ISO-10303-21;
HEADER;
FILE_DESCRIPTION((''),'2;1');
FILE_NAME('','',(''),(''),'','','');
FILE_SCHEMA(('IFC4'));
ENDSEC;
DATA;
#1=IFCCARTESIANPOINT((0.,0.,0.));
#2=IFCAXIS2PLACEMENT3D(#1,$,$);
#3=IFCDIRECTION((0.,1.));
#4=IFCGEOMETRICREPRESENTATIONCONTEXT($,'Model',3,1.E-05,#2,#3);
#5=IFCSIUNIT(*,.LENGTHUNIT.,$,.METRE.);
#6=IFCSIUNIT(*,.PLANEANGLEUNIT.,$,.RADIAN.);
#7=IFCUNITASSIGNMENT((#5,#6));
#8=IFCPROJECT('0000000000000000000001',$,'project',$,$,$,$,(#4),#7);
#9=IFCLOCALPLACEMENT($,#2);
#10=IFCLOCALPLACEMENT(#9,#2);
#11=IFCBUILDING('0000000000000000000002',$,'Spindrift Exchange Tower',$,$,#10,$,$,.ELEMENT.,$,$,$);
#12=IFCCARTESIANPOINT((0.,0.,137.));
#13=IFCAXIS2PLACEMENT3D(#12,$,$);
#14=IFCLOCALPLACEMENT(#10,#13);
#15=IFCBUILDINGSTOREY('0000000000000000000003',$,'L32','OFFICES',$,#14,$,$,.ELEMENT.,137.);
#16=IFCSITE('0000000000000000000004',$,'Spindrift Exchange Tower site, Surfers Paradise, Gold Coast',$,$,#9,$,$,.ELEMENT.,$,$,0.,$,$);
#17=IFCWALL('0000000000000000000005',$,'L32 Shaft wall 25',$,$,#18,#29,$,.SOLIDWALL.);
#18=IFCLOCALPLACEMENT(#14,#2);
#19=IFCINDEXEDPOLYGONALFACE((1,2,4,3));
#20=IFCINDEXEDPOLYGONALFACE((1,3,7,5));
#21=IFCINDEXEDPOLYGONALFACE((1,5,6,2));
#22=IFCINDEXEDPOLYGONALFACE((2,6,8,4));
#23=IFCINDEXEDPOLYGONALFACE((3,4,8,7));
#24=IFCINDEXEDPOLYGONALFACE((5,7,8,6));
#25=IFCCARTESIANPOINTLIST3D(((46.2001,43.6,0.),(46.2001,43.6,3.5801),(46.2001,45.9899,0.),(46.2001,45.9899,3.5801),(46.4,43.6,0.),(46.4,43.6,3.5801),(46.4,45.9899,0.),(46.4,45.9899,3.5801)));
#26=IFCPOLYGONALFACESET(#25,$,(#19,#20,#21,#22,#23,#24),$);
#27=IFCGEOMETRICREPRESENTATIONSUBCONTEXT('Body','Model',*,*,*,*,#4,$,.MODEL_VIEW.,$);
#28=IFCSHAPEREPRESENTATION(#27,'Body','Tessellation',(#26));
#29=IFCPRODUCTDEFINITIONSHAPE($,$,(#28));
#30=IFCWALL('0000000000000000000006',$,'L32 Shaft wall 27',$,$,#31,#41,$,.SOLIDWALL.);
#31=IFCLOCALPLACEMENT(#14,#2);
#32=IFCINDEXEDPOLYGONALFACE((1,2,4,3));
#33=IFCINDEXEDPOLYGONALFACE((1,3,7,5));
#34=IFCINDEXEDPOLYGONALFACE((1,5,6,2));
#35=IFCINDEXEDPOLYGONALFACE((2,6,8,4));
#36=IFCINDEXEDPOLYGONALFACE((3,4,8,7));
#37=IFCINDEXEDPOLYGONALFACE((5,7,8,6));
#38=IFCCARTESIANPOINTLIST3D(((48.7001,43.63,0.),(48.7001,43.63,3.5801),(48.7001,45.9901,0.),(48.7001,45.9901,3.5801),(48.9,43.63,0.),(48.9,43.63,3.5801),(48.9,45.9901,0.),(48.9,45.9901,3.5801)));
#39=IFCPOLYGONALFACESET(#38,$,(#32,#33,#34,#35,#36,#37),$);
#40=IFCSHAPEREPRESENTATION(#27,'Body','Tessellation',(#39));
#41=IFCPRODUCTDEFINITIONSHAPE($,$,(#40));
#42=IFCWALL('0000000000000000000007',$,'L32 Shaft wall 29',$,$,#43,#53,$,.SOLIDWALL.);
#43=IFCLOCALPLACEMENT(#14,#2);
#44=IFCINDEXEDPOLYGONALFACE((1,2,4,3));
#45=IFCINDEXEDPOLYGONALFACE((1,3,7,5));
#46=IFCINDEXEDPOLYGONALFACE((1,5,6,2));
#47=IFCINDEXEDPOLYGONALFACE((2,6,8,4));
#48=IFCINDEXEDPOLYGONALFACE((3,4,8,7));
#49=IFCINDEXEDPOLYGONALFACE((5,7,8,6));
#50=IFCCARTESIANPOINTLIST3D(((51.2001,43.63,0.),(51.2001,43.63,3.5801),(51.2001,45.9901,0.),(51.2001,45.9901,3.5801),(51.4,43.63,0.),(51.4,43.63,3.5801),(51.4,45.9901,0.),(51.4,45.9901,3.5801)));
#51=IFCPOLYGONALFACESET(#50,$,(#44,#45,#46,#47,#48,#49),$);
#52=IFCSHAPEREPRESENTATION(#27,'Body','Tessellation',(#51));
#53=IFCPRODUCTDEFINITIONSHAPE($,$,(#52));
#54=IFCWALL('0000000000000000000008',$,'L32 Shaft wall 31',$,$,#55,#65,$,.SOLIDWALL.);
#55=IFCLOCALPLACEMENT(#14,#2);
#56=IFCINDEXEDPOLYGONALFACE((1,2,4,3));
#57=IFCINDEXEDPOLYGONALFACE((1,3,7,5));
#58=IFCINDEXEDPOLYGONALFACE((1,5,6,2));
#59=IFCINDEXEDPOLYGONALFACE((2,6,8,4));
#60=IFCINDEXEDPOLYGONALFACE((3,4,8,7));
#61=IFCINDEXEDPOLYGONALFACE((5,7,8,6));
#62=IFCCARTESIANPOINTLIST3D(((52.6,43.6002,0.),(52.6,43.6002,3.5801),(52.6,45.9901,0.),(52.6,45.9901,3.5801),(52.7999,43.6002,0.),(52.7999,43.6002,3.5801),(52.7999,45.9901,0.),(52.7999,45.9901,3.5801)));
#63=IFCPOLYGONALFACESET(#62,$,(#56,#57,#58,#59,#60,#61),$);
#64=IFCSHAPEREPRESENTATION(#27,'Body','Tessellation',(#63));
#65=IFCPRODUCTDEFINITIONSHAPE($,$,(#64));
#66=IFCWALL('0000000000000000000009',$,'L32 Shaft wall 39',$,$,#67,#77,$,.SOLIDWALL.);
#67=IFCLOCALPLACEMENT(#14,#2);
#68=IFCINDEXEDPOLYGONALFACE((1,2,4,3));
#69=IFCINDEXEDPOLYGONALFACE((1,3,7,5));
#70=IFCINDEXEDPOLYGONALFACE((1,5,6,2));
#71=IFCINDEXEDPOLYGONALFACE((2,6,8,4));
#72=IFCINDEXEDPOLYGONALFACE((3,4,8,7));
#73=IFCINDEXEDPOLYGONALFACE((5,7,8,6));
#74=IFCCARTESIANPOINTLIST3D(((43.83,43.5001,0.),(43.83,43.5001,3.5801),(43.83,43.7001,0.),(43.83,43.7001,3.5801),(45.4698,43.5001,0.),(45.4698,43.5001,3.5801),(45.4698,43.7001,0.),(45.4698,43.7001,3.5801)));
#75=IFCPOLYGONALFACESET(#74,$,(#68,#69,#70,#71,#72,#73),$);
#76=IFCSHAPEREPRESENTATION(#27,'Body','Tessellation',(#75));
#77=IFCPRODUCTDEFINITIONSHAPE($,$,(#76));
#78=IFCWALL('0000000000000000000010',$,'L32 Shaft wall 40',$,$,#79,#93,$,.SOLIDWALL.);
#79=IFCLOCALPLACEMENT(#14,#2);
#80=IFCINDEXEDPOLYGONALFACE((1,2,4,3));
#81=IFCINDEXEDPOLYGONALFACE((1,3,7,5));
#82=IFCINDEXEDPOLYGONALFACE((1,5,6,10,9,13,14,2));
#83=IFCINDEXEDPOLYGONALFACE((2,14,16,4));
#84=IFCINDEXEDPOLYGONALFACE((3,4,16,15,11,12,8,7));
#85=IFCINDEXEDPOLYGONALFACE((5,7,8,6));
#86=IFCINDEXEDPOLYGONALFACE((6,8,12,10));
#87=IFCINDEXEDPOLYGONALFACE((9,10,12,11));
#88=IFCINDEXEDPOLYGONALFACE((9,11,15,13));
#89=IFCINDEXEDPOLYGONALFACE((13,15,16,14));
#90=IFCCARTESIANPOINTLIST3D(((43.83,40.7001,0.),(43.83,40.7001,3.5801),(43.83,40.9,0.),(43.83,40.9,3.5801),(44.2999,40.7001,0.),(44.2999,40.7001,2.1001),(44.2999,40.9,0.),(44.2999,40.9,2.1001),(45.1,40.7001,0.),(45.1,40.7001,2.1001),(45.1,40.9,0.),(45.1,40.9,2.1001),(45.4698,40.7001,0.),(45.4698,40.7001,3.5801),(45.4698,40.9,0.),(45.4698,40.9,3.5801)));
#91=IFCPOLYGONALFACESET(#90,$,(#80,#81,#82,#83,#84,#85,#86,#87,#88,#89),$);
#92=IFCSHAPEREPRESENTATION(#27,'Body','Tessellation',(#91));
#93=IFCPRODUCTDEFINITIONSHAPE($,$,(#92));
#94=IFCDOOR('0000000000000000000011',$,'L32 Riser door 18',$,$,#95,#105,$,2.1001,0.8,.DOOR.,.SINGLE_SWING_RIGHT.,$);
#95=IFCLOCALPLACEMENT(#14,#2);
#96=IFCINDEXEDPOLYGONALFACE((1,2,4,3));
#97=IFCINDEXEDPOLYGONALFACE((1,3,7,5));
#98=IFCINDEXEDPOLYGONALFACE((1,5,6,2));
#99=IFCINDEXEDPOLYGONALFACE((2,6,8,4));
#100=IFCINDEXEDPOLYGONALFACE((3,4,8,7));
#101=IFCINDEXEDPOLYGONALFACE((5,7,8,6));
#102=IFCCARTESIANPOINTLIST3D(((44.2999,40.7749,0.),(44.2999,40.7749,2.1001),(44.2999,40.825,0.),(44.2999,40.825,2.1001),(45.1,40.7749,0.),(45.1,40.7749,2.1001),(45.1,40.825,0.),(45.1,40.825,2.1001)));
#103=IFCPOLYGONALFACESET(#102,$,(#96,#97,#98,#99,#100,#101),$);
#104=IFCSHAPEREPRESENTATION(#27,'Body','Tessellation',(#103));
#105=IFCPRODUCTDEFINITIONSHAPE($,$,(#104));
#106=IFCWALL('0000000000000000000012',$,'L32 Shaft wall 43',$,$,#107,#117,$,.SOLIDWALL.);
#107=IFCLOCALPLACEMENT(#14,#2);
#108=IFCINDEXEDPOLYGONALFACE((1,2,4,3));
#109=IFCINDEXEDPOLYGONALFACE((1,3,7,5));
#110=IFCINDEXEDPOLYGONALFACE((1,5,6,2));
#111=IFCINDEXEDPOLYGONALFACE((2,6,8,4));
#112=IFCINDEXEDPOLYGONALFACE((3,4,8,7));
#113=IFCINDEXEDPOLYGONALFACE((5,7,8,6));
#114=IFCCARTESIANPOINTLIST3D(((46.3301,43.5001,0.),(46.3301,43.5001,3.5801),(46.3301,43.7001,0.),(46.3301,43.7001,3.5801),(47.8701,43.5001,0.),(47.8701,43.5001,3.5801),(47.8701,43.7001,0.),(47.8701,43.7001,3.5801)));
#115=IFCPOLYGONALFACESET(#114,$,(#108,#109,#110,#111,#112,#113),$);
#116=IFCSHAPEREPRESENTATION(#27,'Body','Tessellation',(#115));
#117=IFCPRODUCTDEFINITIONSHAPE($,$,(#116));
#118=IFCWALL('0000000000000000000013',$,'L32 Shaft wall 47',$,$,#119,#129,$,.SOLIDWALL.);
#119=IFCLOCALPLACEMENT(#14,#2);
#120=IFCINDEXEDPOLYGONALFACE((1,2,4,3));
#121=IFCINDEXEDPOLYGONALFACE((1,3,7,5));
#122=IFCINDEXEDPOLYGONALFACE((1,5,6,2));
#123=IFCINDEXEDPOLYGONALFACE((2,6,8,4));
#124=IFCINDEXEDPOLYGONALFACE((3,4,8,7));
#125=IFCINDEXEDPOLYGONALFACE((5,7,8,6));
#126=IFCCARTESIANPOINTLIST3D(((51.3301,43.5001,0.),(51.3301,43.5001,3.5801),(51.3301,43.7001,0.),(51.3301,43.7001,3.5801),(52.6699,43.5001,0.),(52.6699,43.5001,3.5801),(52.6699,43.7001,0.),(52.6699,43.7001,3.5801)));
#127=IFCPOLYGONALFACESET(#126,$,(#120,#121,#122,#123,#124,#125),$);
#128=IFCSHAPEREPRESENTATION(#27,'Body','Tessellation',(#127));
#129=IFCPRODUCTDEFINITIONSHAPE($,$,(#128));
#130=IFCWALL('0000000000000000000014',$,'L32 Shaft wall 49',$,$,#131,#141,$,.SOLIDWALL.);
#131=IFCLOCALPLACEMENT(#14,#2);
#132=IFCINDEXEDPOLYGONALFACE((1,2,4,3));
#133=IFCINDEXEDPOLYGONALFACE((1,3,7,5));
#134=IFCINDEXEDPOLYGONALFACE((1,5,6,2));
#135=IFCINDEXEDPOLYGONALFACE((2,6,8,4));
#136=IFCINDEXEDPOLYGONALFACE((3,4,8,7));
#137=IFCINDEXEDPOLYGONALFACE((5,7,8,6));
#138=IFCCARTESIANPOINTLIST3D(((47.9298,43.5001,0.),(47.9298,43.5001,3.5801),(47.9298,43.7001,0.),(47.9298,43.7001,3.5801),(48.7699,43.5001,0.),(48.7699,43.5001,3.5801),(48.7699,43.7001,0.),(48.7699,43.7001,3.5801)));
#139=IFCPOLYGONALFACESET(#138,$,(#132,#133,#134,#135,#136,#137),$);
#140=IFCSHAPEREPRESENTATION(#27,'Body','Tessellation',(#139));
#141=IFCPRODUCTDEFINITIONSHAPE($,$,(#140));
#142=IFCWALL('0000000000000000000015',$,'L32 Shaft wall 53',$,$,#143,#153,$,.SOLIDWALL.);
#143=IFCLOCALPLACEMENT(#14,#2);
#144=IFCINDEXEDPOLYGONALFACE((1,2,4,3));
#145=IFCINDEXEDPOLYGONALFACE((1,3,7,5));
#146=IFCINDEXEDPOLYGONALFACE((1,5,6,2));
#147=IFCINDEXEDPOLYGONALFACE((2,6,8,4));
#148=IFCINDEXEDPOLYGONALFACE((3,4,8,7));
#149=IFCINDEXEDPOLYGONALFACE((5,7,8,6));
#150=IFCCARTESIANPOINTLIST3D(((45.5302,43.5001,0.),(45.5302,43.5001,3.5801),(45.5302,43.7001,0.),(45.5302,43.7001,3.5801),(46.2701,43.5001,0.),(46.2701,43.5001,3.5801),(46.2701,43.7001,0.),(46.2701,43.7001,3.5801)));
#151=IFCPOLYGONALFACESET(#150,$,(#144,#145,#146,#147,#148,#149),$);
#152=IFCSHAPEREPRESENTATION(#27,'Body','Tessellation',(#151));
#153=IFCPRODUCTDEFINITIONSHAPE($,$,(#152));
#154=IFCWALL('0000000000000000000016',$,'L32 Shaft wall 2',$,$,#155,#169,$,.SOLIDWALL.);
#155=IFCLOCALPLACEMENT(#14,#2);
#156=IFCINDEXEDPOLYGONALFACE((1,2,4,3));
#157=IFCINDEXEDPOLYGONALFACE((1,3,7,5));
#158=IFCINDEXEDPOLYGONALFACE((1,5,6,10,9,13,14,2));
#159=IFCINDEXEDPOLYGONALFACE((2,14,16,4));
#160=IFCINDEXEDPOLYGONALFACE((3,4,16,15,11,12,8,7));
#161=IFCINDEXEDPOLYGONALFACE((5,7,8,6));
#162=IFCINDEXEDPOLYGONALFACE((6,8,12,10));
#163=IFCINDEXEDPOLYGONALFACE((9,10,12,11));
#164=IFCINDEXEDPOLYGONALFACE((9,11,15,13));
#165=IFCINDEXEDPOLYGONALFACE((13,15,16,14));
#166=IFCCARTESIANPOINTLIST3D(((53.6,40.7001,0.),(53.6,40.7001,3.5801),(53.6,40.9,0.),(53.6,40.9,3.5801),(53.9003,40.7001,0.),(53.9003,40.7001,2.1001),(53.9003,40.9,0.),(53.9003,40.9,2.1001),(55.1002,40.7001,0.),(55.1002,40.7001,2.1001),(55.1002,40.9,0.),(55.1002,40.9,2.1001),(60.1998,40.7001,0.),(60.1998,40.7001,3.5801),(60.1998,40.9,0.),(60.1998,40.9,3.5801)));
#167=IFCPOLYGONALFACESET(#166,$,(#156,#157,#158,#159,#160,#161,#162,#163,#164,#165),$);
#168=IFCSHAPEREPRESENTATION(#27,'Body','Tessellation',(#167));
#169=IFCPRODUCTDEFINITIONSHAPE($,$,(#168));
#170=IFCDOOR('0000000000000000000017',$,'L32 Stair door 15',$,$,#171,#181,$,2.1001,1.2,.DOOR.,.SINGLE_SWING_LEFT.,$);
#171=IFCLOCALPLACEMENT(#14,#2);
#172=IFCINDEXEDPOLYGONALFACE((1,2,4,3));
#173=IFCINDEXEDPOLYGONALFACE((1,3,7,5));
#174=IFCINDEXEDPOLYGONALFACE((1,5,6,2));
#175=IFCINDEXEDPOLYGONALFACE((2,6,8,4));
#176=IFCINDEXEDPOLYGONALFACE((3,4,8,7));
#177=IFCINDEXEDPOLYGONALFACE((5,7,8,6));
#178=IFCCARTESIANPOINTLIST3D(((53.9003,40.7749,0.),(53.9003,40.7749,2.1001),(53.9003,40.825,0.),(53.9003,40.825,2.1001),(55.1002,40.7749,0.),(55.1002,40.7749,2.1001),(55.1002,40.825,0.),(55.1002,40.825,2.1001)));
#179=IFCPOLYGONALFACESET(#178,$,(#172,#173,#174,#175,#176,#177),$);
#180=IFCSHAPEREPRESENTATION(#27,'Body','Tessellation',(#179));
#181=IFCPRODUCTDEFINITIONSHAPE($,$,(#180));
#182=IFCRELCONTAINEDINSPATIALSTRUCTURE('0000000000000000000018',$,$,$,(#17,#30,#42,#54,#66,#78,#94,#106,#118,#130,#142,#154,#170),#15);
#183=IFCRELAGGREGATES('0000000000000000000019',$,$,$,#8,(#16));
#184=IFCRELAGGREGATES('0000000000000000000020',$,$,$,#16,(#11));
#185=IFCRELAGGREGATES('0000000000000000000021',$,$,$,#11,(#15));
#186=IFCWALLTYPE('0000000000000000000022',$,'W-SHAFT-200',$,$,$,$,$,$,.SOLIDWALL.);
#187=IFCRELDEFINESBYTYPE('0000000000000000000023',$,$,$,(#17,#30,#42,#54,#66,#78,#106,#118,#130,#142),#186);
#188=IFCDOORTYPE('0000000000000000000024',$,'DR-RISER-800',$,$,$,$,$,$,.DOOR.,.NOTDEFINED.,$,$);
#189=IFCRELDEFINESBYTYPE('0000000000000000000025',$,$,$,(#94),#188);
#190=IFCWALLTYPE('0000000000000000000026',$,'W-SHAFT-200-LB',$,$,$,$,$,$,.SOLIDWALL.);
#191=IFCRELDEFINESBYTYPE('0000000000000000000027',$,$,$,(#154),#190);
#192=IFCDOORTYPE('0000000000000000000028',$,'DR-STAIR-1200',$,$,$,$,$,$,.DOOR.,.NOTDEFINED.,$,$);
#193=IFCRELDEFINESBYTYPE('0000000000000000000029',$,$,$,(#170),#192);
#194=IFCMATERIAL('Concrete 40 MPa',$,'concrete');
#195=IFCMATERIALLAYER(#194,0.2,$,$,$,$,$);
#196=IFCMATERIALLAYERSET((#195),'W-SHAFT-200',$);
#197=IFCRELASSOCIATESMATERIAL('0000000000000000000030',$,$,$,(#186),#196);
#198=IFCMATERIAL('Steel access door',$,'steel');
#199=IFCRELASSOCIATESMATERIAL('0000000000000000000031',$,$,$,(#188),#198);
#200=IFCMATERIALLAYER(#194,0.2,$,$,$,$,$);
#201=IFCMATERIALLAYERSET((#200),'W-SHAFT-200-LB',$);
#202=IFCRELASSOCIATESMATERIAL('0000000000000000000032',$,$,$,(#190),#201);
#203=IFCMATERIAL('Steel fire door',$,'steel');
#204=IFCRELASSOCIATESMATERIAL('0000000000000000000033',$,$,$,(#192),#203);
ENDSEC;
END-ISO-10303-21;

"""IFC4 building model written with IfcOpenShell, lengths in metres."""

from ifc_helpers import new_model, si_unit, direction, frame, frame_2d, origin, place, context, subcontext, project, spatial, rectangle, extrude, source, transform, mapped, material, layer, layer_set, type_object, element, fill, save


model = new_model("IFC4")

# Units and contexts
model_context = context("Model", 3, precision=1e-05, world=origin(), true_north=direction((0.0, 1.0)))
body_context = subcontext(model_context, "Body", "Model", "MODEL_VIEW")
ifc_project = project(units=[si_unit("LENGTHUNIT", "METRE"), si_unit("PLANEANGLEUNIT", "RADIAN")], contexts=[model_context])

# Site, building, storey
site_placement = place(None, origin())
site = spatial("IfcSite", under=ifc_project, at=site_placement, Name="Spindrift Exchange Tower site, Surfers Paradise, Gold Coast", CompositionType="ELEMENT", RefElevation=0.0)
building_placement = place(site_placement, origin())
building = spatial("IfcBuilding", under=site, at=building_placement, Name="Spindrift Exchange Tower", CompositionType="ELEMENT")
storey_placement = place(building_placement, frame((0.0, 0.0, 137.0)))
storey = spatial("IfcBuildingStorey", under=building, at=storey_placement, Name="L32", Description="OFFICES", CompositionType="ELEMENT", Elevation=137.0)

# Shared definitions
ifc_material_1 = material(Name="Concrete 40 MPa", Category="concrete")
ifc_layer_1 = layer(ifc_material_1, 0.2)
ifc_layer_set_1 = layer_set([ifc_layer_1], Name="W-SHAFT-200")
wall_type_1 = type_object("IfcWallType", Name="W-SHAFT-200", PredefinedType="SOLIDWALL", material=ifc_layer_set_1)

# Walls
wall_1_placement = place(storey_placement, frame((46.3, 43.6001, 0.0), z_axis=(0.0, 0.0, 1.0), x_axis=(0.0, 1.0, 0.0)))
element("IfcWall", 1, at=wall_1_placement, inside=storey, type_object=wall_type_1, Name="L32 Shaft wall 25", PredefinedType="SOLIDWALL", context=body_context, shape_type="SweptSolid", body=[
    extrude(rectangle(XDim=2.3899, YDim=0.2, at=frame_2d((1.1948, 0.0))), origin(), (0.0, 0.0, 1.0), 3.5801),
])
for number, where, z_axis, x_axis, name in (
    (2, (48.8, 43.6299, 0.0), (0.0, 0.0, 1.0), (0.0, 1.0, 0.0), "L32 Shaft wall 27"),
    (3, (51.3, 43.6299, 0.0), (0.0, 0.0, 1.0), (0.0, 1.0, 0.0), "L32 Shaft wall 29"),
):
    element("IfcWall", number, at=place(storey_placement, frame(where, z_axis=z_axis, x_axis=x_axis)), inside=storey, type_object=wall_type_1, Name=name, PredefinedType="SOLIDWALL", context=body_context, shape_type="SweptSolid", body=[
        extrude(rectangle(XDim=2.3601, YDim=0.2, at=frame_2d((1.1802, 0.0))), origin(), (0.0, 0.0, 1.0), 3.5801),
    ])
wall_2_placement = place(storey_placement, frame((52.7, 45.99, 0.0), z_axis=(0.0, 0.0, 1.0), x_axis=(0.0, -1.0, 0.0)))
element("IfcWall", 4, at=wall_2_placement, inside=storey, type_object=wall_type_1, Name="L32 Shaft wall 31", PredefinedType="SOLIDWALL", context=body_context, shape_type="SweptSolid", body=[
    extrude(rectangle(XDim=2.3899, YDim=0.2, at=frame_2d((1.1948, 0.0))), origin(), (0.0, 0.0, 1.0), 3.5801),
])
wall_3_placement = place(storey_placement, frame((43.8301, 43.6001, 0.0), z_axis=(0.0, 0.0, 1.0), x_axis=(1.0, 0.0, 0.0)))
element("IfcWall", 5, at=wall_3_placement, inside=storey, type_object=wall_type_1, Name="L32 Shaft wall 39", PredefinedType="SOLIDWALL", context=body_context, shape_type="SweptSolid", body=[
    extrude(rectangle(XDim=1.6399, YDim=0.2, at=frame_2d((0.8198, 0.0))), origin(), (0.0, 0.0, 1.0), 3.5801),
])

# Wall, opening, door
wall_4_placement = place(storey_placement, frame((43.8301, 40.8, 0.0), z_axis=(0.0, 0.0, 1.0), x_axis=(1.0, 0.0, 0.0)))
wall_4 = element("IfcWall", 6, at=wall_4_placement, inside=storey, type_object=wall_type_1, Name="L32 Shaft wall 40", PredefinedType="SOLIDWALL", context=body_context, shape_type="SweptSolid", body=[
    extrude(rectangle(XDim=1.6399, YDim=0.2, at=frame_2d((0.8198, 0.0))), origin(), (0.0, 0.0, 1.0), 3.5801),
])
opening_1_placement = place(wall_4_placement, frame((0.47, 0.0, 0.0)))
opening_1 = element("IfcOpeningElement", 7, at=opening_1_placement, cuts=wall_4, PredefinedType="OPENING", context=body_context, shape_type="SweptSolid", body=[
    extrude(rectangle(XDim=0.8, YDim=2.1001, at=frame_2d((0.3999, 1.05))), frame((0.0, 0.1099, 0.0), z_axis=(0.0, -1.0, 0.0), x_axis=(1.0, 0.0, 0.0)), (0.0, 0.0, 1.0), 0.22),
])
ifc_material_2 = material(Name="Steel access door", Category="steel")
door_type_1 = type_object("IfcDoorType", Name="DR-RISER-800", OperationType="NOTDEFINED", PredefinedType="DOOR", material=ifc_material_2)
shared_shape_1 = source(origin(), body_context, "Body", "SweptSolid", [
    extrude(rectangle(XDim=0.8, YDim=2.1001, at=frame_2d((0.3999, 1.05))), frame((0.0, 0.0249, 0.0), z_axis=(0.0, -1.0, 0.0), x_axis=(1.0, 0.0, 0.0)), (0.0, 0.0, 1.0), 0.05),
])
door_1_placement = place(opening_1_placement, origin())
door_1 = element("IfcDoor", 8, at=door_1_placement, inside=storey, type_object=door_type_1, Name="L32 Riser door 18", OperationType="SINGLE_SWING_RIGHT", OverallHeight=2.1001, OverallWidth=0.8, PredefinedType="DOOR", context=body_context, shape_type="MappedRepresentation", body=[
    mapped(shared_shape_1, transform((0.0, 0.0, 0.0), scale=1.0)),
])
fill(opening_1, door_1)

# Walls
wall_5_placement = place(storey_placement, frame((46.3301, 43.6001, 0.0), z_axis=(0.0, 0.0, 1.0), x_axis=(1.0, 0.0, 0.0)))
element("IfcWall", 9, at=wall_5_placement, inside=storey, type_object=wall_type_1, Name="L32 Shaft wall 43", PredefinedType="SOLIDWALL", context=body_context, shape_type="SweptSolid", body=[
    extrude(rectangle(XDim=1.54, YDim=0.2, at=frame_2d((0.77, 0.0))), origin(), (0.0, 0.0, 1.0), 3.5801),
])
wall_6_placement = place(storey_placement, frame((52.6699, 43.6001, 0.0), z_axis=(0.0, 0.0, 1.0), x_axis=(-1.0, 0.0, 0.0)))
element("IfcWall", 10, at=wall_6_placement, inside=storey, type_object=wall_type_1, Name="L32 Shaft wall 47", PredefinedType="SOLIDWALL", context=body_context, shape_type="SweptSolid", body=[
    extrude(rectangle(XDim=1.3398, YDim=0.2, at=frame_2d((0.6699, 0.0))), origin(), (0.0, 0.0, 1.0), 3.5801),
])
wall_7_placement = place(storey_placement, frame((47.9299, 43.6001, 0.0), z_axis=(0.0, 0.0, 1.0), x_axis=(1.0, 0.0, 0.0)))
element("IfcWall", 11, at=wall_7_placement, inside=storey, type_object=wall_type_1, Name="L32 Shaft wall 49", PredefinedType="SOLIDWALL", context=body_context, shape_type="SweptSolid", body=[
    extrude(rectangle(XDim=0.8401, YDim=0.2, at=frame_2d((0.4199, 0.0))), origin(), (0.0, 0.0, 1.0), 3.5801),
])
wall_8_placement = place(storey_placement, frame((45.53, 43.6001, 0.0), z_axis=(0.0, 0.0, 1.0), x_axis=(1.0, 0.0, 0.0)))
element("IfcWall", 12, at=wall_8_placement, inside=storey, type_object=wall_type_1, Name="L32 Shaft wall 53", PredefinedType="SOLIDWALL", context=body_context, shape_type="SweptSolid", body=[
    extrude(rectangle(XDim=0.74, YDim=0.2, at=frame_2d((0.3701, 0.0))), origin(), (0.0, 0.0, 1.0), 3.5801),
])

# Wall, opening, door
ifc_layer_2 = layer(ifc_material_1, 0.2)
ifc_layer_set_2 = layer_set([ifc_layer_2], Name="W-SHAFT-200-LB")
wall_type_2 = type_object("IfcWallType", Name="W-SHAFT-200-LB", PredefinedType="SOLIDWALL", material=ifc_layer_set_2)
wall_9_placement = place(storey_placement, frame((53.6001, 40.8, 0.0), z_axis=(0.0, 0.0, 1.0), x_axis=(1.0, 0.0, 0.0)))
wall_9 = element("IfcWall", 13, at=wall_9_placement, inside=storey, type_object=wall_type_2, Name="L32 Shaft wall 2", PredefinedType="SOLIDWALL", context=body_context, shape_type="SweptSolid", body=[
    extrude(rectangle(XDim=6.5999, YDim=0.2, at=frame_2d((3.2998, 0.0))), origin(), (0.0, 0.0, 1.0), 3.5801),
])
opening_2_placement = place(wall_9_placement, frame((0.3, 0.0, 0.0)))
opening_2 = element("IfcOpeningElement", 14, at=opening_2_placement, cuts=wall_9, PredefinedType="OPENING", context=body_context, shape_type="SweptSolid", body=[
    extrude(rectangle(XDim=1.2, YDim=2.1001, at=frame_2d((0.6001, 1.05))), frame((0.0, 0.1099, 0.0), z_axis=(0.0, -1.0, 0.0), x_axis=(1.0, 0.0, 0.0)), (0.0, 0.0, 1.0), 0.22),
])
ifc_material_3 = material(Name="Steel fire door", Category="steel")
door_type_2 = type_object("IfcDoorType", Name="DR-STAIR-1200", OperationType="NOTDEFINED", PredefinedType="DOOR", material=ifc_material_3)
shared_shape_2 = source(origin(), body_context, "Body", "SweptSolid", [
    extrude(rectangle(XDim=1.2, YDim=2.1001, at=frame_2d((0.6001, 1.05))), frame((0.0, 0.0249, 0.0), z_axis=(0.0, -1.0, 0.0), x_axis=(1.0, 0.0, 0.0)), (0.0, 0.0, 1.0), 0.05),
])
door_2_placement = place(opening_2_placement, origin())
door_2 = element("IfcDoor", 15, at=door_2_placement, inside=storey, type_object=door_type_2, Name="L32 Stair door 15", OperationType="SINGLE_SWING_LEFT", OverallHeight=2.1001, OverallWidth=1.2, PredefinedType="DOOR", context=body_context, shape_type="MappedRepresentation", body=[
    mapped(shared_shape_2, transform((0.0, 0.0, 0.0), scale=1.0)),
])
fill(opening_2, door_2)

save(model, "model.ifc")
